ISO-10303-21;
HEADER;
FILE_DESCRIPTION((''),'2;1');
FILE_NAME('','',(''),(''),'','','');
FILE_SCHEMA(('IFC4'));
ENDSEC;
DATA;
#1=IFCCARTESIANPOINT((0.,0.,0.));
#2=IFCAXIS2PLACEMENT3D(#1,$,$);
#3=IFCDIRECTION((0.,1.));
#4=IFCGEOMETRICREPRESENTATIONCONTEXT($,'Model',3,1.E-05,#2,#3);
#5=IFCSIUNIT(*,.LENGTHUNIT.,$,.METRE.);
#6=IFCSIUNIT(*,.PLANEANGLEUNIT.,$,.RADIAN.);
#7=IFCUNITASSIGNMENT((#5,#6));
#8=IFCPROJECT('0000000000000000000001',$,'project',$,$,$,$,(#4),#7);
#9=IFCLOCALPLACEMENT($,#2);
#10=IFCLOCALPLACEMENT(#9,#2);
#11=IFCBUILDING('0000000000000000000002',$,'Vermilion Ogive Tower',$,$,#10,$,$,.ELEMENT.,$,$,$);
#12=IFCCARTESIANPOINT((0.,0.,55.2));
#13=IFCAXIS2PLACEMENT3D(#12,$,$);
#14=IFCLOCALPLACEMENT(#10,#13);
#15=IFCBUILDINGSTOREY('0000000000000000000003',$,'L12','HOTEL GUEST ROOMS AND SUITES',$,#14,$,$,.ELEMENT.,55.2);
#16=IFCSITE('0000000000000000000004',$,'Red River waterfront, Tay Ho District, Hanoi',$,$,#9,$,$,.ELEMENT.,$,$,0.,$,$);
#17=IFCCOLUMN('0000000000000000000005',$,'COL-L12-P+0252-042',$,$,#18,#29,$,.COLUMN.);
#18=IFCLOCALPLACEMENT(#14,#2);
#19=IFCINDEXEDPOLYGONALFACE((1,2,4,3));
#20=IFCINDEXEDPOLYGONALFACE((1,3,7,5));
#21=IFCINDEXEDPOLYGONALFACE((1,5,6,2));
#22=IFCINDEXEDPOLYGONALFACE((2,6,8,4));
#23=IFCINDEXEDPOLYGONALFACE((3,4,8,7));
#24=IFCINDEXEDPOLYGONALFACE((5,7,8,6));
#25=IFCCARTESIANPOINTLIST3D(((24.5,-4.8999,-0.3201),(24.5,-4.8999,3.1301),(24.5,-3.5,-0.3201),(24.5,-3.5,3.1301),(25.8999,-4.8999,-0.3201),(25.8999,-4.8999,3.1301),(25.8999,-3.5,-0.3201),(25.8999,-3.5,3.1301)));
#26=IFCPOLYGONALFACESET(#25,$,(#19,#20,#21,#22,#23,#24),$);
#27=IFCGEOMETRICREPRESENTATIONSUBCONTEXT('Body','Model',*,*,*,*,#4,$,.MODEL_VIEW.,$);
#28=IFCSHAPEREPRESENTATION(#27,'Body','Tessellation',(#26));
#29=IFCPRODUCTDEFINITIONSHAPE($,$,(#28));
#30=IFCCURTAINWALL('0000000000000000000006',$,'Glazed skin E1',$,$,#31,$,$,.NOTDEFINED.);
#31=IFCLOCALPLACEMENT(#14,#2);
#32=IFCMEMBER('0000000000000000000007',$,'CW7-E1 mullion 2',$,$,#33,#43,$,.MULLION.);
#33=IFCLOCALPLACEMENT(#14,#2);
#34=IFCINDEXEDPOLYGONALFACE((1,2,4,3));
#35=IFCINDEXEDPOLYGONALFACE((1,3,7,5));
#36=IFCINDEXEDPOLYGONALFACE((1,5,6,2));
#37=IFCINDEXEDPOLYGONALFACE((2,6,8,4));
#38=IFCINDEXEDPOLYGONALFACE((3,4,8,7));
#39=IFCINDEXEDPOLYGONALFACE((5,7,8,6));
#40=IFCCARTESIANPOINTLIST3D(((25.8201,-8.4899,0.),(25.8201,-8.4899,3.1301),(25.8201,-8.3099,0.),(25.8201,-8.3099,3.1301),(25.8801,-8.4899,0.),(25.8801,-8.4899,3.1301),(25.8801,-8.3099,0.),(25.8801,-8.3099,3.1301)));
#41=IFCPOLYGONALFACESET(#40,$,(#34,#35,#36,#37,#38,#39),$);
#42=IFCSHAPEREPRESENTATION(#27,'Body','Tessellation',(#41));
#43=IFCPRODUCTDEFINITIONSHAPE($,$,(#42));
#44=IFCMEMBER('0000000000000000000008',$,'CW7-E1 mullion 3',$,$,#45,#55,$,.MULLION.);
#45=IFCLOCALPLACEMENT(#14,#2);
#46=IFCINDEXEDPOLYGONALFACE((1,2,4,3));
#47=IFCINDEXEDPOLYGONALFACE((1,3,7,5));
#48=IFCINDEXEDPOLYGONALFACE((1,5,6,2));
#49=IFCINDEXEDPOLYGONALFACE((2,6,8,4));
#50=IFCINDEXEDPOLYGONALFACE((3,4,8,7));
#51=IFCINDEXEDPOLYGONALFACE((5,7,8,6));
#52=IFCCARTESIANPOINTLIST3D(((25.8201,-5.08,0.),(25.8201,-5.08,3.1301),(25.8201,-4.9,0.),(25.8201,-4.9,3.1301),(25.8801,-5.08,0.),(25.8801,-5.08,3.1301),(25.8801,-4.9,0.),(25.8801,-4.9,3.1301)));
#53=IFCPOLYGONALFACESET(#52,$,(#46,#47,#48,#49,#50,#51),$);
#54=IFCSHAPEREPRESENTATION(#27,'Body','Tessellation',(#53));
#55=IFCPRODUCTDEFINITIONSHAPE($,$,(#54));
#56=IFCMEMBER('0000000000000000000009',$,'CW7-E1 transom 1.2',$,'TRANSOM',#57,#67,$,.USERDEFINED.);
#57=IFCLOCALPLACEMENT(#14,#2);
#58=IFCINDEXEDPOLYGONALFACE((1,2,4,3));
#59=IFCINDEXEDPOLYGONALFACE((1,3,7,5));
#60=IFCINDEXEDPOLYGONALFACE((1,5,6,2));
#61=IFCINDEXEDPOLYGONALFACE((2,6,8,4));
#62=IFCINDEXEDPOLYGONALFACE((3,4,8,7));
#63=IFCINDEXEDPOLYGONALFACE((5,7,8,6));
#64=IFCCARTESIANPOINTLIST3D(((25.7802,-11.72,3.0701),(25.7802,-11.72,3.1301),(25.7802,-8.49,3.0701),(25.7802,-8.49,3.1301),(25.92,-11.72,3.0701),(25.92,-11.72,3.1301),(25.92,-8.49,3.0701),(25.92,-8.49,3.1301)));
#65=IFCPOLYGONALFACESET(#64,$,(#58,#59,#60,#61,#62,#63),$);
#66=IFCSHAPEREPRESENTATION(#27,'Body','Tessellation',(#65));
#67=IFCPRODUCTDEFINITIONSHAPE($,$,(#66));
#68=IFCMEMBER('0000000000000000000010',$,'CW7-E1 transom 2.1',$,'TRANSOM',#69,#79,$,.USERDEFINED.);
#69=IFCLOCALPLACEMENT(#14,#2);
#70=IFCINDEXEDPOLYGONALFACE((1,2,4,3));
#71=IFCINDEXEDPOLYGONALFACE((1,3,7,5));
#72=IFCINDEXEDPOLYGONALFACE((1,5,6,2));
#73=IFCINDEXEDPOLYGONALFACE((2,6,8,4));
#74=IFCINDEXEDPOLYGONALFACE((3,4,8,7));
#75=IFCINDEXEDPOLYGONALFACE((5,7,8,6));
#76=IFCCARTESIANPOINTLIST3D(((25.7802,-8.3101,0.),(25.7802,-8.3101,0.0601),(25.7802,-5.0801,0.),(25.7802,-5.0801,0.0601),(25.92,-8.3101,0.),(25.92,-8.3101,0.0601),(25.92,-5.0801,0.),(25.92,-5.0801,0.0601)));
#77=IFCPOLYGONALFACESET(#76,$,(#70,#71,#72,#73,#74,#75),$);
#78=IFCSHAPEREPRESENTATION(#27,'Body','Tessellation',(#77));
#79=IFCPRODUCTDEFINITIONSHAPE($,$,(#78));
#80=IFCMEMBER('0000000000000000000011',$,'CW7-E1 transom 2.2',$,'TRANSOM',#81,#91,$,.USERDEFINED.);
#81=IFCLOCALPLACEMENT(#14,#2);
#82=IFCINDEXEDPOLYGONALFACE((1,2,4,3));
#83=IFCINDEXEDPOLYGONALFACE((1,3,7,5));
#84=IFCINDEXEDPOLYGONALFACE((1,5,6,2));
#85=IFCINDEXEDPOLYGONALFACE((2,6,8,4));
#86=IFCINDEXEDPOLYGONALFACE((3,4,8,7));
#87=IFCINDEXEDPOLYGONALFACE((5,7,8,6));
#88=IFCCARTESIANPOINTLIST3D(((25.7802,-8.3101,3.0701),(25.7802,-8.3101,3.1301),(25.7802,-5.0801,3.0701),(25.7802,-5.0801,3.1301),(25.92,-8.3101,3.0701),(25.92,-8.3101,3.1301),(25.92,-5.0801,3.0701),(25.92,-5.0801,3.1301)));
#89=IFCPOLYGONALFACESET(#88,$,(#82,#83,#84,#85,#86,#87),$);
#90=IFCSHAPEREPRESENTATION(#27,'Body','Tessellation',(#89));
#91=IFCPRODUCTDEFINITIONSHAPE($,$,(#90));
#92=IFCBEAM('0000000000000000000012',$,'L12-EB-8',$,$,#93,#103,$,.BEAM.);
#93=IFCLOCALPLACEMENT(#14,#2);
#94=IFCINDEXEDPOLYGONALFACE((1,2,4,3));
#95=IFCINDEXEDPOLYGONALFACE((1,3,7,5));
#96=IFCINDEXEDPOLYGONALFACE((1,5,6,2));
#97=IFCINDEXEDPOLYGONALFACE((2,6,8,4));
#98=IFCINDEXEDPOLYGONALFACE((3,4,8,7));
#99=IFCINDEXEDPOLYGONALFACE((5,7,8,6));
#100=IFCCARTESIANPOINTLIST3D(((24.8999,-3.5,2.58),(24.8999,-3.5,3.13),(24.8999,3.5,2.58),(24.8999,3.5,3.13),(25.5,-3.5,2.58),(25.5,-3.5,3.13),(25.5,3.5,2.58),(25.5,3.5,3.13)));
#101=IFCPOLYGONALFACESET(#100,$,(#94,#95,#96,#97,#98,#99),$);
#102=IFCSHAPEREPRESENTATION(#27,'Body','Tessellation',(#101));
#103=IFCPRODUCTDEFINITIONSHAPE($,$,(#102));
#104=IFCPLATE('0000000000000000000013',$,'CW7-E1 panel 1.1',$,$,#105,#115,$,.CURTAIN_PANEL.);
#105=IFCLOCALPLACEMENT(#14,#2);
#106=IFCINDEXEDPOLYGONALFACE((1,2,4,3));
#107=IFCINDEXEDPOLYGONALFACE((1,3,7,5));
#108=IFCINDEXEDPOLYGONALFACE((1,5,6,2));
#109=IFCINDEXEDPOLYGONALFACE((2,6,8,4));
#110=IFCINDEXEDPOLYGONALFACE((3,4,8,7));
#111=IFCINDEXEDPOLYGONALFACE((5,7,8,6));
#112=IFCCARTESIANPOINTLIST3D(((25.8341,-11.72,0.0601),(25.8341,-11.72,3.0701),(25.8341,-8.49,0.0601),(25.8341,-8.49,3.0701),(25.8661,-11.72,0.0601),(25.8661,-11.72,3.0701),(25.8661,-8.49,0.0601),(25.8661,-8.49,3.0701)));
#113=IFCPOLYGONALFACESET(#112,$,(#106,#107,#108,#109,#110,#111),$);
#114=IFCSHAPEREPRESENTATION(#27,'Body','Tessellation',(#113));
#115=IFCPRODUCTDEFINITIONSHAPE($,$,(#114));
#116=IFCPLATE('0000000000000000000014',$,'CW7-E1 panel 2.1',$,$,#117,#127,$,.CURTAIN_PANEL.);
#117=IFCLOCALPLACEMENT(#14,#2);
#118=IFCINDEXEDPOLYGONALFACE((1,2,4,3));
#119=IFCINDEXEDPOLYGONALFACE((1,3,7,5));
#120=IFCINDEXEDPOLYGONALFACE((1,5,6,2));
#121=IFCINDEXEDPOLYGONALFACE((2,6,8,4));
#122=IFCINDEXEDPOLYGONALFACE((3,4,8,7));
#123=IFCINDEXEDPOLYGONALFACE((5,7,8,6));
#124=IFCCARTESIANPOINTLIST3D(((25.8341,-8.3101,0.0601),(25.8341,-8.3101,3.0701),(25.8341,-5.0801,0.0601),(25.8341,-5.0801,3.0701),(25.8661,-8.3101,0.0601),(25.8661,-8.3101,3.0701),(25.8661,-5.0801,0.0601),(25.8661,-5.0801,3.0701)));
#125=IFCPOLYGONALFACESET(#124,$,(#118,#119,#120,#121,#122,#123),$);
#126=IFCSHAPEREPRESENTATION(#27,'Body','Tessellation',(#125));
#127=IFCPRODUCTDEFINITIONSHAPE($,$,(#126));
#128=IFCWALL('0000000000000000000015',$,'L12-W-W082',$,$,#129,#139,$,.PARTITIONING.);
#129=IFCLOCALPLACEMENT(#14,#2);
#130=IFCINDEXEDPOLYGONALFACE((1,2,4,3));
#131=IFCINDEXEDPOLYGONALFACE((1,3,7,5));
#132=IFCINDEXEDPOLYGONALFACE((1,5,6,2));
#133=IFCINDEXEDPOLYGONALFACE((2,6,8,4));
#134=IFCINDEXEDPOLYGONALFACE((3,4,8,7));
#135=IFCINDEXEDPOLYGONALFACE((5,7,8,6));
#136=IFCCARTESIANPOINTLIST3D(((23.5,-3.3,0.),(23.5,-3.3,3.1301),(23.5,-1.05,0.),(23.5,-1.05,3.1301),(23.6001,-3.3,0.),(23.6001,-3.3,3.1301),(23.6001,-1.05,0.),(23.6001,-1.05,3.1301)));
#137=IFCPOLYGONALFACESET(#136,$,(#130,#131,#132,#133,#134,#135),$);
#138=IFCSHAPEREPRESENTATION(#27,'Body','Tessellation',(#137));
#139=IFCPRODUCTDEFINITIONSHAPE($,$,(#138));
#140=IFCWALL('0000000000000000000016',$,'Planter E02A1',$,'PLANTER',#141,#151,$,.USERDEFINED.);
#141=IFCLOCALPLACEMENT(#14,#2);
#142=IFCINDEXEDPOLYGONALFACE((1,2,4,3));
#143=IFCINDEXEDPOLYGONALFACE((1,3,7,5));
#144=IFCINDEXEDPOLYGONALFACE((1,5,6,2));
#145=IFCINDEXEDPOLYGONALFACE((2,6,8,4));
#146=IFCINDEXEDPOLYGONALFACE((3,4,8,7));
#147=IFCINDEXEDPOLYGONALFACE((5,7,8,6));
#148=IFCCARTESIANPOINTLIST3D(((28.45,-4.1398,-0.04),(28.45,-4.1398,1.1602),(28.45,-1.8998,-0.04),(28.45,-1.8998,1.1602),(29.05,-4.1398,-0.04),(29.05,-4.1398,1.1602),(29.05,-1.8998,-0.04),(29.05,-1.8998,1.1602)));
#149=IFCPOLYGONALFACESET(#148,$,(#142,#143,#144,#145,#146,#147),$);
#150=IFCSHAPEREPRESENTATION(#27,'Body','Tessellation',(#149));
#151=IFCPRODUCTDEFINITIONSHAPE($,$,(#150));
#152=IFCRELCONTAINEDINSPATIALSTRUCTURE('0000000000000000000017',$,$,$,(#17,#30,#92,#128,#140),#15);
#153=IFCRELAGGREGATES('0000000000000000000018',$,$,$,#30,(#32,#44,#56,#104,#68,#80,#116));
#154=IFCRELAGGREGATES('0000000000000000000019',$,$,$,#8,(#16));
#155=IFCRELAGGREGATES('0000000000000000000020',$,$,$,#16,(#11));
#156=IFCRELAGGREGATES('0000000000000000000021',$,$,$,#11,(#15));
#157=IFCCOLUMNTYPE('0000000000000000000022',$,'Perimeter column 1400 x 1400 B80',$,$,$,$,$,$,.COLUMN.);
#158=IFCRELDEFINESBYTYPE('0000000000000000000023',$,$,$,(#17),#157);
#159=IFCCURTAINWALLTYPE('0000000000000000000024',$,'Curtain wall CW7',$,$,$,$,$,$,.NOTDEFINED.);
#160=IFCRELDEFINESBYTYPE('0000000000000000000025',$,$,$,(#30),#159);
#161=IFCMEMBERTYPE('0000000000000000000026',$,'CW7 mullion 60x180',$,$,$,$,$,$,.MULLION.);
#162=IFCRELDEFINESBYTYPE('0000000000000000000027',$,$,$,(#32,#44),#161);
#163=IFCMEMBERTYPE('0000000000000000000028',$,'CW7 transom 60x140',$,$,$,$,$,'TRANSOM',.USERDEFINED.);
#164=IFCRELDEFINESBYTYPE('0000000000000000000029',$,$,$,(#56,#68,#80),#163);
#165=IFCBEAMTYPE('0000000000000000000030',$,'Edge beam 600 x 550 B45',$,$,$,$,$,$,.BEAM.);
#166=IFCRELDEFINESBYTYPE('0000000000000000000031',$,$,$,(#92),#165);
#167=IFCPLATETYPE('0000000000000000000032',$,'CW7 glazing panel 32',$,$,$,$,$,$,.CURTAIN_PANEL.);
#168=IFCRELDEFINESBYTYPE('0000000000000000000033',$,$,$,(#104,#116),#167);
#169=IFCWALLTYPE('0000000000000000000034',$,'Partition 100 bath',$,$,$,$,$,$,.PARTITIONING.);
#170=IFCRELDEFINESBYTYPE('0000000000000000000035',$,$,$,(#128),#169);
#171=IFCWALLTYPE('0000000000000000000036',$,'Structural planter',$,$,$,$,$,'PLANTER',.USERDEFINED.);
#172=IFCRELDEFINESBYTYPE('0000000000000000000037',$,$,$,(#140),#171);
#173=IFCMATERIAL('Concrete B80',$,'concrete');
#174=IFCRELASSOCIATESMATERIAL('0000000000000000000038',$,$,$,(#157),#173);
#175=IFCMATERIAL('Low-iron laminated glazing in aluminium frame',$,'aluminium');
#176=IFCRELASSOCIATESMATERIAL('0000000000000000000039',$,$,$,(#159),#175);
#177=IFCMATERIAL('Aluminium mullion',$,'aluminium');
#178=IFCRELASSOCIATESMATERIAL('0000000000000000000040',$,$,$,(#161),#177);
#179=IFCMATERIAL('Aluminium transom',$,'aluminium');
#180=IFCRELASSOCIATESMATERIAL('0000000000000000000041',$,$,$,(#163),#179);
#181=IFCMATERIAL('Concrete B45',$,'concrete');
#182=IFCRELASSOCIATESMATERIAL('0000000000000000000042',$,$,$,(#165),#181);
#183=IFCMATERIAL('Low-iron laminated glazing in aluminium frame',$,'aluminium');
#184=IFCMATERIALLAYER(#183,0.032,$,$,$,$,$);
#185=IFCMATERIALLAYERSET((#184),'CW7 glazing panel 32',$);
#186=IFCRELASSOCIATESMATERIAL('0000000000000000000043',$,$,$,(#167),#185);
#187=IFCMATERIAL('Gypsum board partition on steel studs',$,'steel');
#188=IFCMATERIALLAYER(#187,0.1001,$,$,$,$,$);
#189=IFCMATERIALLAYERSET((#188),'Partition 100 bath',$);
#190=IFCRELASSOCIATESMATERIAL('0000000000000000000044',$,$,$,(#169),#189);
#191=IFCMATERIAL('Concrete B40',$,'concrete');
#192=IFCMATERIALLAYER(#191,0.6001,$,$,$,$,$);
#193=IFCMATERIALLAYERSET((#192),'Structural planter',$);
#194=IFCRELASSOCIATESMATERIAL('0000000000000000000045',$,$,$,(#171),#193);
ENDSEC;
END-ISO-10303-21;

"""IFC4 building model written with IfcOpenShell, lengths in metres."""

from ifc_helpers import new_model, si_unit, direction, frame, frame_2d, origin, origin_2d, place, context, subcontext, project, spatial, rectangle, extrude, material, layer, layer_set, material_profile, profile_set, type_object, element, aggregate, save


model = new_model("IFC4")

# Units and contexts
model_context = context("Model", 3, precision=1e-05, world=origin(), true_north=direction((0.0, 1.0)))
body_context = subcontext(model_context, "Body", "Model", "MODEL_VIEW")
ifc_project = project(units=[si_unit("LENGTHUNIT", "METRE"), si_unit("PLANEANGLEUNIT", "RADIAN")], contexts=[model_context])

# Site, building, storey
site_placement = place(None, origin())
site = spatial("IfcSite", under=ifc_project, at=site_placement, Name="Red River waterfront, Tay Ho District, Hanoi", CompositionType="ELEMENT", RefElevation=0.0)
building_placement = place(site_placement, origin())
building = spatial("IfcBuilding", under=site, at=building_placement, Name="Vermilion Ogive Tower", CompositionType="ELEMENT")
storey_placement = place(building_placement, frame((0.0, 0.0, 55.2)))
storey = spatial("IfcBuildingStorey", under=building, at=storey_placement, Name="L12", Description="HOTEL GUEST ROOMS AND SUITES", CompositionType="ELEMENT", Elevation=55.2)

# Column
ifc_material_1 = material(Name="Concrete B80", Category="concrete")
ifc_material_profile_1 = material_profile(ifc_material_1, rectangle(XDim=1.3999, YDim=1.3999, at=origin_2d()), Name="1400 x 1400")
ifc_profile_set_1 = profile_set([ifc_material_profile_1], Name="Concrete B80")
column_type = type_object("IfcColumnType", Name="Perimeter column 1400 x 1400 B80", PredefinedType="COLUMN", material=ifc_profile_set_1)
column_placement = place(storey_placement, frame((25.2, -4.2, -0.3201), z_axis=(0.0, 0.0, 1.0), x_axis=(1.0, 0.0, 0.0)))
element("IfcColumn", 1, at=column_placement, inside=storey, type_object=column_type, Name="COL-L12-P+0252-042", PredefinedType="COLUMN", context=body_context, shape_type="SweptSolid", body=[
    extrude(rectangle(XDim=1.3999, YDim=1.3999, at=origin_2d()), origin(), (0.0, 0.0, 1.0), 3.4502),
])

# Curtain wall, members
ifc_material_2 = material(Name="Low-iron laminated glazing in aluminium frame", Category="aluminium")
curtain_wall_type = type_object("IfcCurtainWallType", Name="Curtain wall CW7", PredefinedType="NOTDEFINED", material=ifc_material_2)
curtain_wall_placement = place(storey_placement, origin())
curtain_wall = element("IfcCurtainWall", 2, at=curtain_wall_placement, inside=storey, type_object=curtain_wall_type, Name="Glazed skin E1", PredefinedType="NOTDEFINED")
ifc_material_3 = material(Name="Aluminium mullion", Category="aluminium")
ifc_material_profile_2 = material_profile(ifc_material_3, rectangle(XDim=0.0601, YDim=0.1799, at=origin_2d()), Name="AL 60x180")
ifc_profile_set_2 = profile_set([ifc_material_profile_2], Name="Aluminium mullion")
member_type_1 = type_object("IfcMemberType", Name="CW7 mullion 60x180", PredefinedType="MULLION", material=ifc_profile_set_2)
member_1_placement = place(storey_placement, frame((25.8501, -8.3999, 0.0), z_axis=(0.0, 0.0, 1.0), x_axis=(-1.0, 0.0, 0.0)))
member_1 = element("IfcMember", 3, at=member_1_placement, type_object=member_type_1, Name="CW7-E1 mullion 2", PredefinedType="MULLION", context=body_context, shape_type="SweptSolid", body=[
    extrude(rectangle(XDim=0.0601, YDim=0.1799, at=origin_2d()), origin(), (0.0, 0.0, 1.0), 3.1301),
])
member_2_placement = place(storey_placement, frame((25.8501, -4.99, 0.0), z_axis=(0.0, 0.0, 1.0), x_axis=(-1.0, 0.0, 0.0)))
member_2 = element("IfcMember", 4, at=member_2_placement, type_object=member_type_1, Name="CW7-E1 mullion 3", PredefinedType="MULLION", context=body_context, shape_type="SweptSolid", body=[
    extrude(rectangle(XDim=0.0601, YDim=0.1799, at=origin_2d()), origin(), (0.0, 0.0, 1.0), 3.1301),
])
ifc_material_4 = material(Name="Aluminium transom", Category="aluminium")
ifc_material_profile_3 = material_profile(ifc_material_4, rectangle(XDim=0.1399, YDim=0.0601, at=origin_2d()), Name="AL 60x140")
ifc_profile_set_3 = profile_set([ifc_material_profile_3], Name="Aluminium transom")
member_type_2 = type_object("IfcMemberType", Name="CW7 transom 60x140", ElementType="TRANSOM", PredefinedType="USERDEFINED", material=ifc_profile_set_3)
member_3_placement = place(storey_placement, frame((25.8501, -11.72, 3.1001), z_axis=(0.0, 1.0, 0.0), x_axis=(-1.0, 0.0, 0.0)))
member_3 = element("IfcMember", 5, at=member_3_placement, type_object=member_type_2, Name="CW7-E1 transom 1.2", ObjectType="TRANSOM", PredefinedType="USERDEFINED", context=body_context, shape_type="SweptSolid", body=[
    extrude(rectangle(XDim=0.1399, YDim=0.0601, at=origin_2d()), origin(), (0.0, 0.0, 1.0), 3.23),
])
member_4_placement = place(storey_placement, frame((25.8501, -8.3101, 0.03), z_axis=(0.0, 1.0, 0.0), x_axis=(-1.0, 0.0, 0.0)))
member_4 = element("IfcMember", 6, at=member_4_placement, type_object=member_type_2, Name="CW7-E1 transom 2.1", ObjectType="TRANSOM", PredefinedType="USERDEFINED", context=body_context, shape_type="SweptSolid", body=[
    extrude(rectangle(XDim=0.1399, YDim=0.0601, at=origin_2d()), origin(), (0.0, 0.0, 1.0), 3.23),
])
member_5_placement = place(storey_placement, frame((25.8501, -8.3101, 3.1001), z_axis=(0.0, 1.0, 0.0), x_axis=(-1.0, 0.0, 0.0)))
member_5 = element("IfcMember", 7, at=member_5_placement, type_object=member_type_2, Name="CW7-E1 transom 2.2", ObjectType="TRANSOM", PredefinedType="USERDEFINED", context=body_context, shape_type="SweptSolid", body=[
    extrude(rectangle(XDim=0.1399, YDim=0.0601, at=origin_2d()), origin(), (0.0, 0.0, 1.0), 3.23),
])

# Beam
ifc_material_5 = material(Name="Concrete B45", Category="concrete")
ifc_material_profile_4 = material_profile(ifc_material_5, rectangle(XDim=0.6001, YDim=0.55, at=origin_2d()), Name="600 x 550")
ifc_profile_set_4 = profile_set([ifc_material_profile_4], Name="Concrete B45")
beam_type = type_object("IfcBeamType", Name="Edge beam 600 x 550 B45", PredefinedType="BEAM", material=ifc_profile_set_4)
beam_placement = place(storey_placement, frame((25.2, -3.5, 2.855), z_axis=(0.0, 1.0, 0.0), x_axis=(-1.0, 0.0, 0.0)))
element("IfcBeam", 8, at=beam_placement, inside=storey, type_object=beam_type, Name="L12-EB-8", PredefinedType="BEAM", context=body_context, shape_type="SweptSolid", body=[
    extrude(rectangle(XDim=0.6001, YDim=0.55, at=origin_2d()), origin(), (0.0, 0.0, 1.0), 7.0),
])

# Plates
ifc_material_6 = material(Name="Low-iron laminated glazing in aluminium frame", Category="aluminium")
ifc_layer_1 = layer(ifc_material_6, 0.032)
ifc_layer_set_1 = layer_set([ifc_layer_1], Name="CW7 glazing panel 32")
plate_type = type_object("IfcPlateType", Name="CW7 glazing panel 32", PredefinedType="CURTAIN_PANEL", material=ifc_layer_set_1)
plate_1_placement = place(storey_placement, frame((25.8501, -10.105, 0.0601), z_axis=(0.0, 0.0, 1.0), x_axis=(0.0, 1.0, 0.0)))
plate_1 = element("IfcPlate", 9, at=plate_1_placement, type_object=plate_type, Name="CW7-E1 panel 1.1", PredefinedType="CURTAIN_PANEL", context=body_context, shape_type="SweptSolid", body=[
    extrude(rectangle(XDim=3.23, YDim=0.032, at=origin_2d()), origin(), (0.0, 0.0, 1.0), 3.01),
])
plate_2_placement = place(storey_placement, frame((25.8501, -6.6951, 0.0601), z_axis=(0.0, 0.0, 1.0), x_axis=(0.0, 1.0, 0.0)))
plate_2 = element("IfcPlate", 10, at=plate_2_placement, type_object=plate_type, Name="CW7-E1 panel 2.1", PredefinedType="CURTAIN_PANEL", context=body_context, shape_type="SweptSolid", body=[
    extrude(rectangle(XDim=3.23, YDim=0.032, at=origin_2d()), origin(), (0.0, 0.0, 1.0), 3.01),
])
aggregate(curtain_wall, [member_1, member_2, member_3, plate_1, member_4, member_5, plate_2])

# Walls
ifc_material_7 = material(Name="Gypsum board partition on steel studs", Category="steel")
ifc_layer_2 = layer(ifc_material_7, 0.1001)
ifc_layer_set_2 = layer_set([ifc_layer_2], Name="Partition 100 bath")
wall_type_1 = type_object("IfcWallType", Name="Partition 100 bath", PredefinedType="PARTITIONING", material=ifc_layer_set_2)
wall_1_placement = place(storey_placement, frame((23.55, -3.3, 0.0), z_axis=(0.0, 0.0, 1.0), x_axis=(0.0, 1.0, 0.0)))
element("IfcWall", 11, at=wall_1_placement, inside=storey, type_object=wall_type_1, Name="L12-W-W082", PredefinedType="PARTITIONING", context=body_context, shape_type="SweptSolid", body=[
    extrude(rectangle(XDim=2.25, YDim=0.1001, at=frame_2d((1.125, 0.0))), origin(), (0.0, 0.0, 1.0), 3.1301),
])
ifc_material_8 = material(Name="Concrete B40", Category="concrete")
ifc_layer_3 = layer(ifc_material_8, 0.6001)
ifc_layer_set_3 = layer_set([ifc_layer_3], Name="Structural planter")
wall_type_2 = type_object("IfcWallType", Name="Structural planter", ElementType="PLANTER", PredefinedType="USERDEFINED", material=ifc_layer_set_3)
wall_2_placement = place(storey_placement, frame((28.75, -4.1399, -0.04), z_axis=(0.0, 0.0, 1.0), x_axis=(0.0, 1.0, 0.0)))
element("IfcWall", 12, at=wall_2_placement, inside=storey, type_object=wall_type_2, Name="Planter E02A1", ObjectType="PLANTER", PredefinedType="USERDEFINED", context=body_context, shape_type="SweptSolid", body=[
    extrude(rectangle(XDim=2.24, YDim=0.6001, at=frame_2d((1.1201, 0.0))), origin(), (0.0, 0.0, 1.0), 1.2002),
])

save(model, "model.ifc")
